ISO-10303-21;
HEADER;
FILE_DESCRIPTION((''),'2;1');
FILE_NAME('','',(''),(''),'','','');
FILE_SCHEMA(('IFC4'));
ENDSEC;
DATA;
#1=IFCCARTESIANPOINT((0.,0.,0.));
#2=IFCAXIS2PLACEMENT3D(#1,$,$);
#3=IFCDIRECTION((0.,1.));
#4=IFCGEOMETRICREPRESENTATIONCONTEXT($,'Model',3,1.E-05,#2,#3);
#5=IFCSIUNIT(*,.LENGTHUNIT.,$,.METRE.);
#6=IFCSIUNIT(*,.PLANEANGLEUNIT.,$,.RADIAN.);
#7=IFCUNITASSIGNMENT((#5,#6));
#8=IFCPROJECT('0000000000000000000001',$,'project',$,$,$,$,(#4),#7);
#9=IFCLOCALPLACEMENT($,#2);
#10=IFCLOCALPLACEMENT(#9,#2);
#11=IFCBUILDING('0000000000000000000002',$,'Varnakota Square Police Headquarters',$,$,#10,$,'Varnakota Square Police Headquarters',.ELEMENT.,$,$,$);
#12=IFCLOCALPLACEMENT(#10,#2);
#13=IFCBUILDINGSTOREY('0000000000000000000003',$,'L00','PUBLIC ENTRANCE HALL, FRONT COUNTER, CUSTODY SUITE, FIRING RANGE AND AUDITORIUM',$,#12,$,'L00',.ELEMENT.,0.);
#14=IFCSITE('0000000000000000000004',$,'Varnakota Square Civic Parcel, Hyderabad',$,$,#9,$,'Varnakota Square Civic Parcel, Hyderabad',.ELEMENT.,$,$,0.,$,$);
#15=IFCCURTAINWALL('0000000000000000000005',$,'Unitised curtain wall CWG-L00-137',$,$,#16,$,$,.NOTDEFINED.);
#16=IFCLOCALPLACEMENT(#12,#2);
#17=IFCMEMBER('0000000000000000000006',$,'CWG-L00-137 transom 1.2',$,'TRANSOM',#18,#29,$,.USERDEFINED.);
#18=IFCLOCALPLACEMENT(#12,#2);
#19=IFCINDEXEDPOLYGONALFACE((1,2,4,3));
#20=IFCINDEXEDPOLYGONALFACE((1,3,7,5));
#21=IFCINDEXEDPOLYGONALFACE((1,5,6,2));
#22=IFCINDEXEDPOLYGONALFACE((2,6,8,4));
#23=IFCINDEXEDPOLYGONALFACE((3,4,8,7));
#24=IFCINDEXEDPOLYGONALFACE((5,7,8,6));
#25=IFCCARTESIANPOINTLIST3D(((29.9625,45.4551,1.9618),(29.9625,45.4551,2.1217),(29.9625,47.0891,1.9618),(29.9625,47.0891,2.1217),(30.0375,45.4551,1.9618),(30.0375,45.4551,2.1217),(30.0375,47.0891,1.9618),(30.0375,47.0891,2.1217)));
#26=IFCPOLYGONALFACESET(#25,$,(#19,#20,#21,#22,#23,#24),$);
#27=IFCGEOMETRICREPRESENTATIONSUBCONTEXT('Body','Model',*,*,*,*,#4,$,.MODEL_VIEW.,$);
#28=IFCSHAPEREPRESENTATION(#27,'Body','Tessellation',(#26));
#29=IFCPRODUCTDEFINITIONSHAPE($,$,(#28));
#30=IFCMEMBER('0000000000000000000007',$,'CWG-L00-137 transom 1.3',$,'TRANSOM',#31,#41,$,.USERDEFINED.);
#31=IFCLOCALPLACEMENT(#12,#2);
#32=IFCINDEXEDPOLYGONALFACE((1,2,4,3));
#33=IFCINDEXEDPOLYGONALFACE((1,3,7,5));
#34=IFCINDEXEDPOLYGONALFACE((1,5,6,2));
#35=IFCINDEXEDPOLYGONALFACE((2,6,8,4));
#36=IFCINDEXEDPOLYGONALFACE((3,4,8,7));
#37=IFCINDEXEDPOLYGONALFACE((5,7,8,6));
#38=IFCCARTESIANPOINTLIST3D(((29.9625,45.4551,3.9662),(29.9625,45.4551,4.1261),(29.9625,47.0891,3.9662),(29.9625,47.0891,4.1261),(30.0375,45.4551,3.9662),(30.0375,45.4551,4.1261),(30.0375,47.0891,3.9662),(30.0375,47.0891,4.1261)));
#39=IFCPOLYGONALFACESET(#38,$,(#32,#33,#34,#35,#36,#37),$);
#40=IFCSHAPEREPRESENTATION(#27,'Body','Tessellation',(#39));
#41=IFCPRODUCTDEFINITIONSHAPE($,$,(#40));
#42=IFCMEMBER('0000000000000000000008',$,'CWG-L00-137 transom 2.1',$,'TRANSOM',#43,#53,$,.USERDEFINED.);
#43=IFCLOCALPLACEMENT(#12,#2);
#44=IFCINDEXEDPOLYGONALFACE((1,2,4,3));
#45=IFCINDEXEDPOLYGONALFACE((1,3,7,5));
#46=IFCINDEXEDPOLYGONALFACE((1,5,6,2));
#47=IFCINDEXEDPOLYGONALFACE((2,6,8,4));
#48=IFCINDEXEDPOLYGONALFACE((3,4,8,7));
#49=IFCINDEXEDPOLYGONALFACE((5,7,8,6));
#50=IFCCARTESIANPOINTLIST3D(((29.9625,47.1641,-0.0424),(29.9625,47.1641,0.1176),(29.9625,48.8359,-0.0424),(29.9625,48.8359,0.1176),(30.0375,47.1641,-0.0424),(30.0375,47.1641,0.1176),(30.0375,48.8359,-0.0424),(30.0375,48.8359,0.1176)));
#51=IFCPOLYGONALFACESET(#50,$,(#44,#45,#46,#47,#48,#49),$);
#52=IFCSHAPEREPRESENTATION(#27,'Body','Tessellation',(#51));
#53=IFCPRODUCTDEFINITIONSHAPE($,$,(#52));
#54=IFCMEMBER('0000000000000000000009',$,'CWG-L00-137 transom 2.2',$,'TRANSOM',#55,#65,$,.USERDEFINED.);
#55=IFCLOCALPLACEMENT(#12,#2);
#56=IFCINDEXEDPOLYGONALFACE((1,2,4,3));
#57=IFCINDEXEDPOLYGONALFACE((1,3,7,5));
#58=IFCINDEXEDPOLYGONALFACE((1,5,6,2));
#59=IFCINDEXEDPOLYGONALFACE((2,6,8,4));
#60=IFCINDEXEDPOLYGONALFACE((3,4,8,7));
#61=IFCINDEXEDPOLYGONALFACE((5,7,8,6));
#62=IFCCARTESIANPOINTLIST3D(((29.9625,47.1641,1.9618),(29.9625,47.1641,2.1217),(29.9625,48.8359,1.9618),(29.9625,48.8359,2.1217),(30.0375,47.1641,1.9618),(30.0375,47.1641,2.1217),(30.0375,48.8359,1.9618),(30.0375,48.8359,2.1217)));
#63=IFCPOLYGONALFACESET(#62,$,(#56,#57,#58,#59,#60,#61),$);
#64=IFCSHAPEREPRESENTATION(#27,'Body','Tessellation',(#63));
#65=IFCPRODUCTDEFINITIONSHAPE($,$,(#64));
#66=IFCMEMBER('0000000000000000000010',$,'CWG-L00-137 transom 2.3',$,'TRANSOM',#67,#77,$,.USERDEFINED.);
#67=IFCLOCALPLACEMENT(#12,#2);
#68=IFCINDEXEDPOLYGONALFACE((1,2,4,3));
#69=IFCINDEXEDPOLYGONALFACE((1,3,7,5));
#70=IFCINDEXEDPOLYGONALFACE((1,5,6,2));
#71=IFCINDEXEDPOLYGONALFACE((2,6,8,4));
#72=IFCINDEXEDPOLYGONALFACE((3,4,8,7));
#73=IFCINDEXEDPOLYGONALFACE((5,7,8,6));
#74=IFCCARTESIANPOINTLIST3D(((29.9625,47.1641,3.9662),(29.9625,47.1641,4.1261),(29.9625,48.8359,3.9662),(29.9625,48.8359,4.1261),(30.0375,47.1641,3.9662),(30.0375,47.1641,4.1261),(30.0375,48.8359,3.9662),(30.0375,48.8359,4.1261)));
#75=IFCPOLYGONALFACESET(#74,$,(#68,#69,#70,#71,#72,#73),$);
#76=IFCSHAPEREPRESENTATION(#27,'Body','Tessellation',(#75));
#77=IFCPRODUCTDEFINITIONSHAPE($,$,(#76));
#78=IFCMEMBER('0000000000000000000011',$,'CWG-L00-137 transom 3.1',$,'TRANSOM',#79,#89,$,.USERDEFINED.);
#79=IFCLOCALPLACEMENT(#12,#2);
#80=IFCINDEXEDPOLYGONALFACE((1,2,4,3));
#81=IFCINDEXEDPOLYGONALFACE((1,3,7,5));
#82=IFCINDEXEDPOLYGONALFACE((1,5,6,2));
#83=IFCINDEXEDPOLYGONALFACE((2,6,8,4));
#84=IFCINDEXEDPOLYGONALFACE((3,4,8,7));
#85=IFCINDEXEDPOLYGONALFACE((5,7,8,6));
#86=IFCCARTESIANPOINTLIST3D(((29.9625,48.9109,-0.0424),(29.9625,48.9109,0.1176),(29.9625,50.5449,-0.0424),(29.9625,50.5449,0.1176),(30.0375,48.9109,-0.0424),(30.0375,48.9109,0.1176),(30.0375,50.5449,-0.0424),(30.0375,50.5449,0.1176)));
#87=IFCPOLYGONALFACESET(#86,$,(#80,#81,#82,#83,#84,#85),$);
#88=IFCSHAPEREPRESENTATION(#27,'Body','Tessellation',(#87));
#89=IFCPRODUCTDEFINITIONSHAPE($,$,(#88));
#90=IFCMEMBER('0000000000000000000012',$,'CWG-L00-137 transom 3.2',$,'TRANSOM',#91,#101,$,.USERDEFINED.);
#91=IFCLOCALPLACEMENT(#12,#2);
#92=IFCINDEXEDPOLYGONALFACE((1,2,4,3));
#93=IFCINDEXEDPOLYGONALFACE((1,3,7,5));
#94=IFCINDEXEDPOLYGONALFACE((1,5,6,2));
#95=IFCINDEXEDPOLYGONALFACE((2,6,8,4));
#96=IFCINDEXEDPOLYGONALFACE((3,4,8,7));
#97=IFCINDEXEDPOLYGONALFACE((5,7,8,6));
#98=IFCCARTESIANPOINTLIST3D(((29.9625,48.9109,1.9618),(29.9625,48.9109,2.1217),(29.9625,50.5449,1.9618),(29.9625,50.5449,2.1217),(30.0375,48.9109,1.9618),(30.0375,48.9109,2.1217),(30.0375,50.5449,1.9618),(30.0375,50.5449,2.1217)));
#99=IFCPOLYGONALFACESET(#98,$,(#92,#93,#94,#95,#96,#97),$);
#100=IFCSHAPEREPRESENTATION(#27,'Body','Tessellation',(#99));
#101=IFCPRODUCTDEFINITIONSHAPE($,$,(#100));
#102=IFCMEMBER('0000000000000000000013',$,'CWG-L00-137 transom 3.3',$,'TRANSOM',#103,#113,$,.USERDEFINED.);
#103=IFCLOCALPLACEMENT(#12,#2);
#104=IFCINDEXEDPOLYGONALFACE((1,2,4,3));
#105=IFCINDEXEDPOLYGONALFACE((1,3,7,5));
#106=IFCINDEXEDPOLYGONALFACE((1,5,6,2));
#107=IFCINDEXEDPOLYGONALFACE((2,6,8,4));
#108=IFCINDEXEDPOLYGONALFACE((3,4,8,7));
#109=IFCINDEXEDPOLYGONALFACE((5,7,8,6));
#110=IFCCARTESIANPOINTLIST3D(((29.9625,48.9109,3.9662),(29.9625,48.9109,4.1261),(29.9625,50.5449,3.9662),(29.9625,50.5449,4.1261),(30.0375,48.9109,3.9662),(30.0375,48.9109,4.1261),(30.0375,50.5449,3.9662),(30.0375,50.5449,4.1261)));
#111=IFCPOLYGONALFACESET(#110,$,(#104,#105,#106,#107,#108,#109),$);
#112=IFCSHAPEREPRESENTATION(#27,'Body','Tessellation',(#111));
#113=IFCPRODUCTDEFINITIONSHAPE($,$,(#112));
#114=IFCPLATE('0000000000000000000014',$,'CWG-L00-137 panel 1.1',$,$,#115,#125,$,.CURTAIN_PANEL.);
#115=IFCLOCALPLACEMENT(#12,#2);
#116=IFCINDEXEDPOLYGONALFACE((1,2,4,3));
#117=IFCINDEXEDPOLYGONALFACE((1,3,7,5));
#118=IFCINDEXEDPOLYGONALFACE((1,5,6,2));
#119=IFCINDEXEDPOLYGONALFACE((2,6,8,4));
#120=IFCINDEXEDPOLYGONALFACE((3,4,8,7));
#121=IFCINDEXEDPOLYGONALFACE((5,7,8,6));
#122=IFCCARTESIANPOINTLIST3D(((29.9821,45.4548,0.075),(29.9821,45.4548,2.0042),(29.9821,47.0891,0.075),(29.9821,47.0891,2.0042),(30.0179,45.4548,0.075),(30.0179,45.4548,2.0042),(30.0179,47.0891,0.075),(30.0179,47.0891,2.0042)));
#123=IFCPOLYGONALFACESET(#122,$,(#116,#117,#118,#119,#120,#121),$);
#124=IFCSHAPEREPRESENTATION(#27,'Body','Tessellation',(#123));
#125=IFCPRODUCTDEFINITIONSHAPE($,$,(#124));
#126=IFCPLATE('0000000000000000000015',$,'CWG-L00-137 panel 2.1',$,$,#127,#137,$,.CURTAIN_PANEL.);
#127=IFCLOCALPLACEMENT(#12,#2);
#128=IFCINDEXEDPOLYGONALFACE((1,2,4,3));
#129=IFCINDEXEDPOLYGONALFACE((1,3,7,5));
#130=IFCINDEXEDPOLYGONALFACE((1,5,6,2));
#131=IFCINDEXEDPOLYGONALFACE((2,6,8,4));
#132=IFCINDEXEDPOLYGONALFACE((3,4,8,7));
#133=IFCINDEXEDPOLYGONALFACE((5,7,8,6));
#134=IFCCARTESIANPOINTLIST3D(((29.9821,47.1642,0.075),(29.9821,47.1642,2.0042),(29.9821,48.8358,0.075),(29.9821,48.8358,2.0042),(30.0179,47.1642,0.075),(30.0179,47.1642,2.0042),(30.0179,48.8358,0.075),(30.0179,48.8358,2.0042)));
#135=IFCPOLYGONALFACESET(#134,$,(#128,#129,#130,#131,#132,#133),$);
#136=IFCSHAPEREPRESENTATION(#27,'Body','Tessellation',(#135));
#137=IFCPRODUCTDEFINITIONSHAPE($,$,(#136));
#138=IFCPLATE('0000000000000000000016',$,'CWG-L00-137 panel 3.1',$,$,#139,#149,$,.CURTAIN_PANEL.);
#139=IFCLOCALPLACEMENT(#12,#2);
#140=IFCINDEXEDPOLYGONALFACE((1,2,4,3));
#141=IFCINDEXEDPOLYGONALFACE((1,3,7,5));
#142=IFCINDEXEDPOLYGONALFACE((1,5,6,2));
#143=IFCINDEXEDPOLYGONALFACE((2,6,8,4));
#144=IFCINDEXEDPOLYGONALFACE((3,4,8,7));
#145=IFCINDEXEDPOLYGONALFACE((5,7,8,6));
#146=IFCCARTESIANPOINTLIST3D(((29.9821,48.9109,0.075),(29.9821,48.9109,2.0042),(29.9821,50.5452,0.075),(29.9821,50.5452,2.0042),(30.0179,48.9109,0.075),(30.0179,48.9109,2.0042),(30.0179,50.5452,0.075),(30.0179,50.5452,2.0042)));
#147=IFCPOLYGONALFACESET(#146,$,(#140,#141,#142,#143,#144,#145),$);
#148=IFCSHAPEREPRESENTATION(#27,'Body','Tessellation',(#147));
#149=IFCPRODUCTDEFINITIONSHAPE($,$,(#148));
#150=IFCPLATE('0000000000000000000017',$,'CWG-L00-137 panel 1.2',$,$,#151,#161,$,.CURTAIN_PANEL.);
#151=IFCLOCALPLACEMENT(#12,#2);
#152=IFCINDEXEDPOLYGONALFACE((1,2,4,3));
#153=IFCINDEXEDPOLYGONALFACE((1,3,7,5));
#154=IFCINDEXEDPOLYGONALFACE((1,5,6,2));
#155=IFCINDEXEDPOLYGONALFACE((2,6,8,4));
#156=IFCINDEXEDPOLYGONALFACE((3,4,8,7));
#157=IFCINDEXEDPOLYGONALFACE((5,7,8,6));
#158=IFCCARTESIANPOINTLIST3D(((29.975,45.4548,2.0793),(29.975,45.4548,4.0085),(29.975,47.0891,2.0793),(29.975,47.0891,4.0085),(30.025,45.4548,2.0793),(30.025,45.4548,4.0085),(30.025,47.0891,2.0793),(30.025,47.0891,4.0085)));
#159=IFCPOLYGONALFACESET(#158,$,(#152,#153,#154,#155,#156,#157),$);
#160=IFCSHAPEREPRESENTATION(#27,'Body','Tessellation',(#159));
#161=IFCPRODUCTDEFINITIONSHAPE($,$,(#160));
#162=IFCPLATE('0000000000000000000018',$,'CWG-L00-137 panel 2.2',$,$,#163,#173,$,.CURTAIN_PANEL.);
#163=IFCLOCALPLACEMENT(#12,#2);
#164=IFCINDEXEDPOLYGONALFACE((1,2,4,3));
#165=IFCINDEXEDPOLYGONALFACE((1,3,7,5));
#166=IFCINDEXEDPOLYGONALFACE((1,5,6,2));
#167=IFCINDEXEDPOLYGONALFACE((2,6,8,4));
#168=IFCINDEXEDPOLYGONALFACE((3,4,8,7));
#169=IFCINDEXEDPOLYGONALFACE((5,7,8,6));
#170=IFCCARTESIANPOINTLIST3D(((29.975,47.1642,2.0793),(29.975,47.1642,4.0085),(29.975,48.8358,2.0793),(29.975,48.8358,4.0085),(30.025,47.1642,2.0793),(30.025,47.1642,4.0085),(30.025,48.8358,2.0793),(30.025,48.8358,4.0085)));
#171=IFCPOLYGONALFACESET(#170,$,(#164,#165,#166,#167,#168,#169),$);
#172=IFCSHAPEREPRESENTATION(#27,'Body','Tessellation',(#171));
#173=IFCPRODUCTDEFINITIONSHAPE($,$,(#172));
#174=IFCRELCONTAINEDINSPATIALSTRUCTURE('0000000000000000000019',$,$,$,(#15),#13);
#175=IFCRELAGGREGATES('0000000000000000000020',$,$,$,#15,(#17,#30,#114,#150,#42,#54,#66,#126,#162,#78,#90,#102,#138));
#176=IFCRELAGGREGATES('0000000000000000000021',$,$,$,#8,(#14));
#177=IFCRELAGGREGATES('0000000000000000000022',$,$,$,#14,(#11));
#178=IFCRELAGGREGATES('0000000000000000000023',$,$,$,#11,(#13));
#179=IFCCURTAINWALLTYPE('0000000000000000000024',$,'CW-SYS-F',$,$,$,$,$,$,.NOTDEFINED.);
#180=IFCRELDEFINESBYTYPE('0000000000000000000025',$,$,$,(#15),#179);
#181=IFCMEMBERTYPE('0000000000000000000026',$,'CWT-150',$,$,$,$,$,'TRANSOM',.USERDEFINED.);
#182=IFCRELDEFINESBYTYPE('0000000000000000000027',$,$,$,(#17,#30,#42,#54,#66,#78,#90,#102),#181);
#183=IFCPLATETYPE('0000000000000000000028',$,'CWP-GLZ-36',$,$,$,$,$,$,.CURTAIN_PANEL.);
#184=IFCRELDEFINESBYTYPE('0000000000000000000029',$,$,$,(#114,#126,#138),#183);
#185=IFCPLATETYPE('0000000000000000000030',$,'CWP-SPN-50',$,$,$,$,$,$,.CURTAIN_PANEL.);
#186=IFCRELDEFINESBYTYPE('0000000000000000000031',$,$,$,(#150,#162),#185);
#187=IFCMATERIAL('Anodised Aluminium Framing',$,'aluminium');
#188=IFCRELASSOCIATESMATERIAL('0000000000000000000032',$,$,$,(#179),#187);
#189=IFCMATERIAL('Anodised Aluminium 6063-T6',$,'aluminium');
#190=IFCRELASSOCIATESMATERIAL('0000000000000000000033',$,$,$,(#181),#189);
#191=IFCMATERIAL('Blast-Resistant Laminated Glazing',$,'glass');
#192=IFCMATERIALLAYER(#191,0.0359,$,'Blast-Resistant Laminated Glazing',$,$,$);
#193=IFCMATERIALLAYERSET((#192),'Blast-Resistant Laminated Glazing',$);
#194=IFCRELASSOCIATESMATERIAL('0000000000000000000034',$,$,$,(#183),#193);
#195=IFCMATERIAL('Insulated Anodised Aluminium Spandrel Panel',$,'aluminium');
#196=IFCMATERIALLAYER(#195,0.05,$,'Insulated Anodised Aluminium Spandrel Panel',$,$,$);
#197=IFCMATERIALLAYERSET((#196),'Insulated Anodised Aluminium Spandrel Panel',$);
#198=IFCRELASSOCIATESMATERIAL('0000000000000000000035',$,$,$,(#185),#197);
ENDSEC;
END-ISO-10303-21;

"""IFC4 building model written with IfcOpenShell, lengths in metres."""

from ifc_helpers import new_model, si_unit, direction, frame, origin, origin_2d, place, context, subcontext, project, spatial, rectangle, extrude, material, layer, layer_set, material_profile, profile_set, type_object, element, aggregate, save


model = new_model("IFC4")

# Units and contexts
model_context = context("Model", 3, precision=1e-05, world=origin(), true_north=direction((0.0, 1.0)))
body_context = subcontext(model_context, "Body", "Model", "MODEL_VIEW")
ifc_project = project(units=[si_unit("LENGTHUNIT", "METRE"), si_unit("PLANEANGLEUNIT", "RADIAN")], contexts=[model_context])

# Site, building, storey
site_placement = place(None, origin())
site = spatial("IfcSite", under=ifc_project, at=site_placement, Name="Varnakota Square Civic Parcel, Hyderabad", LongName="Varnakota Square Civic Parcel, Hyderabad", CompositionType="ELEMENT", RefElevation=0.0)
building_placement = place(site_placement, origin())
building = spatial("IfcBuilding", under=site, at=building_placement, Name="Varnakota Square Police Headquarters", LongName="Varnakota Square Police Headquarters", CompositionType="ELEMENT")
storey_placement = place(building_placement, origin())
storey = spatial("IfcBuildingStorey", under=building, at=storey_placement, Name="L00", Description="PUBLIC ENTRANCE HALL, FRONT COUNTER, CUSTODY SUITE, FIRING RANGE AND AUDITORIUM", LongName="L00", CompositionType="ELEMENT", Elevation=0.0)

# Shared definitions
ifc_material_1 = material(Name="Anodised Aluminium Framing", Category="aluminium")
curtain_wall_type = type_object("IfcCurtainWallType", Name="CW-SYS-F", PredefinedType="NOTDEFINED", material=ifc_material_1)
ifc_material_2 = material(Name="Anodised Aluminium 6063-T6", Category="aluminium")

# Curtain wall, members, plates
curtain_wall_1_placement = place(storey_placement, origin())
curtain_wall_1 = element("IfcCurtainWall", 1, at=curtain_wall_1_placement, inside=storey, type_object=curtain_wall_type, Name="Unitised curtain wall CWG-L00-137", PredefinedType="NOTDEFINED")
ifc_material_profile_1 = material_profile(ifc_material_2, rectangle(XDim=0.075, YDim=0.1599, at=origin_2d()), Name="ALU TRANSOM 75x160")
ifc_profile_set_1 = profile_set([ifc_material_profile_1], Name="Anodised Aluminium 6063-T6")
member_type_1 = type_object("IfcMemberType", Name="CWT-150", ElementType="TRANSOM", PredefinedType="USERDEFINED", material=ifc_profile_set_1)
member_1_placement = place(storey_placement, frame((30.0, 45.4551, 2.0417), z_axis=(0.0, 1.0, 0.0), x_axis=(-1.0, 0.0, 0.0)))
member_1 = element("IfcMember", 2, at=member_1_placement, type_object=member_type_1, Name="CWG-L00-137 transom 1.2", ObjectType="TRANSOM", PredefinedType="USERDEFINED", context=body_context, shape_type="SweptSolid", body=[
    extrude(rectangle(XDim=0.075, YDim=0.1599, at=origin_2d()), origin(), (0.0, 0.0, 1.0), 1.634),
])
member_2_placement = place(storey_placement, frame((30.0, 45.4551, 4.0461), z_axis=(0.0, 1.0, 0.0), x_axis=(-1.0, 0.0, 0.0)))
member_2 = element("IfcMember", 3, at=member_2_placement, type_object=member_type_1, Name="CWG-L00-137 transom 1.3", ObjectType="TRANSOM", PredefinedType="USERDEFINED", context=body_context, shape_type="SweptSolid", body=[
    extrude(rectangle(XDim=0.075, YDim=0.1599, at=origin_2d()), origin(), (0.0, 0.0, 1.0), 1.634),
])
member_3_placement = place(storey_placement, frame((30.0, 47.1641, 0.0376), z_axis=(0.0, 1.0, 0.0), x_axis=(-1.0, 0.0, 0.0)))
member_3 = element("IfcMember", 4, at=member_3_placement, type_object=member_type_1, Name="CWG-L00-137 transom 2.1", ObjectType="TRANSOM", PredefinedType="USERDEFINED", context=body_context, shape_type="SweptSolid", body=[
    extrude(rectangle(XDim=0.075, YDim=0.1599, at=origin_2d()), origin(), (0.0, 0.0, 1.0), 1.6719),
])
member_4_placement = place(storey_placement, frame((30.0, 47.1641, 2.0417), z_axis=(0.0, 1.0, 0.0), x_axis=(-1.0, 0.0, 0.0)))
member_4 = element("IfcMember", 5, at=member_4_placement, type_object=member_type_1, Name="CWG-L00-137 transom 2.2", ObjectType="TRANSOM", PredefinedType="USERDEFINED", context=body_context, shape_type="SweptSolid", body=[
    extrude(rectangle(XDim=0.075, YDim=0.1599, at=origin_2d()), origin(), (0.0, 0.0, 1.0), 1.6719),
])
member_5_placement = place(storey_placement, frame((30.0, 47.1641, 4.0461), z_axis=(0.0, 1.0, 0.0), x_axis=(-1.0, 0.0, 0.0)))
member_5 = element("IfcMember", 6, at=member_5_placement, type_object=member_type_1, Name="CWG-L00-137 transom 2.3", ObjectType="TRANSOM", PredefinedType="USERDEFINED", context=body_context, shape_type="SweptSolid", body=[
    extrude(rectangle(XDim=0.075, YDim=0.1599, at=origin_2d()), origin(), (0.0, 0.0, 1.0), 1.6719),
])
member_6_placement = place(storey_placement, frame((30.0, 48.9109, 0.0376), z_axis=(0.0, 1.0, 0.0), x_axis=(-1.0, 0.0, 0.0)))
member_6 = element("IfcMember", 7, at=member_6_placement, type_object=member_type_1, Name="CWG-L00-137 transom 3.1", ObjectType="TRANSOM", PredefinedType="USERDEFINED", context=body_context, shape_type="SweptSolid", body=[
    extrude(rectangle(XDim=0.075, YDim=0.1599, at=origin_2d()), origin(), (0.0, 0.0, 1.0), 1.634),
])
member_7_placement = place(storey_placement, frame((30.0, 48.9109, 2.0417), z_axis=(0.0, 1.0, 0.0), x_axis=(-1.0, 0.0, 0.0)))
member_7 = element("IfcMember", 8, at=member_7_placement, type_object=member_type_1, Name="CWG-L00-137 transom 3.2", ObjectType="TRANSOM", PredefinedType="USERDEFINED", context=body_context, shape_type="SweptSolid", body=[
    extrude(rectangle(XDim=0.075, YDim=0.1599, at=origin_2d()), origin(), (0.0, 0.0, 1.0), 1.634),
])
member_8_placement = place(storey_placement, frame((30.0, 48.9109, 4.0461), z_axis=(0.0, 1.0, 0.0), x_axis=(-1.0, 0.0, 0.0)))
member_8 = element("IfcMember", 9, at=member_8_placement, type_object=member_type_1, Name="CWG-L00-137 transom 3.3", ObjectType="TRANSOM", PredefinedType="USERDEFINED", context=body_context, shape_type="SweptSolid", body=[
    extrude(rectangle(XDim=0.075, YDim=0.1599, at=origin_2d()), origin(), (0.0, 0.0, 1.0), 1.634),
])
ifc_material_3 = material(Name="Blast-Resistant Laminated Glazing", Category="glass")
ifc_layer_1 = layer(ifc_material_3, 0.0359, Name="Blast-Resistant Laminated Glazing")
ifc_layer_set_1 = layer_set([ifc_layer_1], Name="Blast-Resistant Laminated Glazing")
plate_type_1 = type_object("IfcPlateType", Name="CWP-GLZ-36", PredefinedType="CURTAIN_PANEL", material=ifc_layer_set_1)
plate_1_placement = place(storey_placement, frame((30.0, 46.272, 0.075), z_axis=(0.0, 0.0, 1.0), x_axis=(0.0, 1.0, 0.0)))
plate_1 = element("IfcPlate", 10, at=plate_1_placement, type_object=plate_type_1, Name="CWG-L00-137 panel 1.1", PredefinedType="CURTAIN_PANEL", context=body_context, shape_type="SweptSolid", body=[
    extrude(rectangle(XDim=1.6343, YDim=0.0359, at=origin_2d()), origin(), (0.0, 0.0, 1.0), 1.9292),
])
plate_2_placement = place(storey_placement, frame((30.0, 48.0, 0.075), z_axis=(0.0, 0.0, 1.0), x_axis=(0.0, 1.0, 0.0)))
plate_2 = element("IfcPlate", 11, at=plate_2_placement, type_object=plate_type_1, Name="CWG-L00-137 panel 2.1", PredefinedType="CURTAIN_PANEL", context=body_context, shape_type="SweptSolid", body=[
    extrude(rectangle(XDim=1.6716, YDim=0.0359, at=origin_2d()), origin(), (0.0, 0.0, 1.0), 1.9292),
])
plate_3_placement = place(storey_placement, frame((30.0, 49.728, 0.075), z_axis=(0.0, 0.0, 1.0), x_axis=(0.0, 1.0, 0.0)))
plate_3 = element("IfcPlate", 12, at=plate_3_placement, type_object=plate_type_1, Name="CWG-L00-137 panel 3.1", PredefinedType="CURTAIN_PANEL", context=body_context, shape_type="SweptSolid", body=[
    extrude(rectangle(XDim=1.6343, YDim=0.0359, at=origin_2d()), origin(), (0.0, 0.0, 1.0), 1.9292),
])
ifc_material_4 = material(Name="Insulated Anodised Aluminium Spandrel Panel", Category="aluminium")
ifc_layer_2 = layer(ifc_material_4, 0.05, Name="Insulated Anodised Aluminium Spandrel Panel")
ifc_layer_set_2 = layer_set([ifc_layer_2], Name="Insulated Anodised Aluminium Spandrel Panel")
plate_type_2 = type_object("IfcPlateType", Name="CWP-SPN-50", PredefinedType="CURTAIN_PANEL", material=ifc_layer_set_2)
plate_4_placement = place(storey_placement, frame((30.0, 46.272, 2.0793), z_axis=(0.0, 0.0, 1.0), x_axis=(0.0, 1.0, 0.0)))
plate_4 = element("IfcPlate", 13, at=plate_4_placement, type_object=plate_type_2, Name="CWG-L00-137 panel 1.2", PredefinedType="CURTAIN_PANEL", context=body_context, shape_type="SweptSolid", body=[
    extrude(rectangle(XDim=1.6343, YDim=0.05, at=origin_2d()), origin(), (0.0, 0.0, 1.0), 1.9292),
])
plate_5_placement = place(storey_placement, frame((30.0, 48.0, 2.0793), z_axis=(0.0, 0.0, 1.0), x_axis=(0.0, 1.0, 0.0)))
plate_5 = element("IfcPlate", 14, at=plate_5_placement, type_object=plate_type_2, Name="CWG-L00-137 panel 2.2", PredefinedType="CURTAIN_PANEL", context=body_context, shape_type="SweptSolid", body=[
    extrude(rectangle(XDim=1.6716, YDim=0.05, at=origin_2d()), origin(), (0.0, 0.0, 1.0), 1.9292),
])
aggregate(curtain_wall_1, [member_1, member_2, plate_1, plate_4, member_3, member_4, member_5, plate_2, plate_5, member_6, member_7, member_8, plate_3])

save(model, "model.ifc")
